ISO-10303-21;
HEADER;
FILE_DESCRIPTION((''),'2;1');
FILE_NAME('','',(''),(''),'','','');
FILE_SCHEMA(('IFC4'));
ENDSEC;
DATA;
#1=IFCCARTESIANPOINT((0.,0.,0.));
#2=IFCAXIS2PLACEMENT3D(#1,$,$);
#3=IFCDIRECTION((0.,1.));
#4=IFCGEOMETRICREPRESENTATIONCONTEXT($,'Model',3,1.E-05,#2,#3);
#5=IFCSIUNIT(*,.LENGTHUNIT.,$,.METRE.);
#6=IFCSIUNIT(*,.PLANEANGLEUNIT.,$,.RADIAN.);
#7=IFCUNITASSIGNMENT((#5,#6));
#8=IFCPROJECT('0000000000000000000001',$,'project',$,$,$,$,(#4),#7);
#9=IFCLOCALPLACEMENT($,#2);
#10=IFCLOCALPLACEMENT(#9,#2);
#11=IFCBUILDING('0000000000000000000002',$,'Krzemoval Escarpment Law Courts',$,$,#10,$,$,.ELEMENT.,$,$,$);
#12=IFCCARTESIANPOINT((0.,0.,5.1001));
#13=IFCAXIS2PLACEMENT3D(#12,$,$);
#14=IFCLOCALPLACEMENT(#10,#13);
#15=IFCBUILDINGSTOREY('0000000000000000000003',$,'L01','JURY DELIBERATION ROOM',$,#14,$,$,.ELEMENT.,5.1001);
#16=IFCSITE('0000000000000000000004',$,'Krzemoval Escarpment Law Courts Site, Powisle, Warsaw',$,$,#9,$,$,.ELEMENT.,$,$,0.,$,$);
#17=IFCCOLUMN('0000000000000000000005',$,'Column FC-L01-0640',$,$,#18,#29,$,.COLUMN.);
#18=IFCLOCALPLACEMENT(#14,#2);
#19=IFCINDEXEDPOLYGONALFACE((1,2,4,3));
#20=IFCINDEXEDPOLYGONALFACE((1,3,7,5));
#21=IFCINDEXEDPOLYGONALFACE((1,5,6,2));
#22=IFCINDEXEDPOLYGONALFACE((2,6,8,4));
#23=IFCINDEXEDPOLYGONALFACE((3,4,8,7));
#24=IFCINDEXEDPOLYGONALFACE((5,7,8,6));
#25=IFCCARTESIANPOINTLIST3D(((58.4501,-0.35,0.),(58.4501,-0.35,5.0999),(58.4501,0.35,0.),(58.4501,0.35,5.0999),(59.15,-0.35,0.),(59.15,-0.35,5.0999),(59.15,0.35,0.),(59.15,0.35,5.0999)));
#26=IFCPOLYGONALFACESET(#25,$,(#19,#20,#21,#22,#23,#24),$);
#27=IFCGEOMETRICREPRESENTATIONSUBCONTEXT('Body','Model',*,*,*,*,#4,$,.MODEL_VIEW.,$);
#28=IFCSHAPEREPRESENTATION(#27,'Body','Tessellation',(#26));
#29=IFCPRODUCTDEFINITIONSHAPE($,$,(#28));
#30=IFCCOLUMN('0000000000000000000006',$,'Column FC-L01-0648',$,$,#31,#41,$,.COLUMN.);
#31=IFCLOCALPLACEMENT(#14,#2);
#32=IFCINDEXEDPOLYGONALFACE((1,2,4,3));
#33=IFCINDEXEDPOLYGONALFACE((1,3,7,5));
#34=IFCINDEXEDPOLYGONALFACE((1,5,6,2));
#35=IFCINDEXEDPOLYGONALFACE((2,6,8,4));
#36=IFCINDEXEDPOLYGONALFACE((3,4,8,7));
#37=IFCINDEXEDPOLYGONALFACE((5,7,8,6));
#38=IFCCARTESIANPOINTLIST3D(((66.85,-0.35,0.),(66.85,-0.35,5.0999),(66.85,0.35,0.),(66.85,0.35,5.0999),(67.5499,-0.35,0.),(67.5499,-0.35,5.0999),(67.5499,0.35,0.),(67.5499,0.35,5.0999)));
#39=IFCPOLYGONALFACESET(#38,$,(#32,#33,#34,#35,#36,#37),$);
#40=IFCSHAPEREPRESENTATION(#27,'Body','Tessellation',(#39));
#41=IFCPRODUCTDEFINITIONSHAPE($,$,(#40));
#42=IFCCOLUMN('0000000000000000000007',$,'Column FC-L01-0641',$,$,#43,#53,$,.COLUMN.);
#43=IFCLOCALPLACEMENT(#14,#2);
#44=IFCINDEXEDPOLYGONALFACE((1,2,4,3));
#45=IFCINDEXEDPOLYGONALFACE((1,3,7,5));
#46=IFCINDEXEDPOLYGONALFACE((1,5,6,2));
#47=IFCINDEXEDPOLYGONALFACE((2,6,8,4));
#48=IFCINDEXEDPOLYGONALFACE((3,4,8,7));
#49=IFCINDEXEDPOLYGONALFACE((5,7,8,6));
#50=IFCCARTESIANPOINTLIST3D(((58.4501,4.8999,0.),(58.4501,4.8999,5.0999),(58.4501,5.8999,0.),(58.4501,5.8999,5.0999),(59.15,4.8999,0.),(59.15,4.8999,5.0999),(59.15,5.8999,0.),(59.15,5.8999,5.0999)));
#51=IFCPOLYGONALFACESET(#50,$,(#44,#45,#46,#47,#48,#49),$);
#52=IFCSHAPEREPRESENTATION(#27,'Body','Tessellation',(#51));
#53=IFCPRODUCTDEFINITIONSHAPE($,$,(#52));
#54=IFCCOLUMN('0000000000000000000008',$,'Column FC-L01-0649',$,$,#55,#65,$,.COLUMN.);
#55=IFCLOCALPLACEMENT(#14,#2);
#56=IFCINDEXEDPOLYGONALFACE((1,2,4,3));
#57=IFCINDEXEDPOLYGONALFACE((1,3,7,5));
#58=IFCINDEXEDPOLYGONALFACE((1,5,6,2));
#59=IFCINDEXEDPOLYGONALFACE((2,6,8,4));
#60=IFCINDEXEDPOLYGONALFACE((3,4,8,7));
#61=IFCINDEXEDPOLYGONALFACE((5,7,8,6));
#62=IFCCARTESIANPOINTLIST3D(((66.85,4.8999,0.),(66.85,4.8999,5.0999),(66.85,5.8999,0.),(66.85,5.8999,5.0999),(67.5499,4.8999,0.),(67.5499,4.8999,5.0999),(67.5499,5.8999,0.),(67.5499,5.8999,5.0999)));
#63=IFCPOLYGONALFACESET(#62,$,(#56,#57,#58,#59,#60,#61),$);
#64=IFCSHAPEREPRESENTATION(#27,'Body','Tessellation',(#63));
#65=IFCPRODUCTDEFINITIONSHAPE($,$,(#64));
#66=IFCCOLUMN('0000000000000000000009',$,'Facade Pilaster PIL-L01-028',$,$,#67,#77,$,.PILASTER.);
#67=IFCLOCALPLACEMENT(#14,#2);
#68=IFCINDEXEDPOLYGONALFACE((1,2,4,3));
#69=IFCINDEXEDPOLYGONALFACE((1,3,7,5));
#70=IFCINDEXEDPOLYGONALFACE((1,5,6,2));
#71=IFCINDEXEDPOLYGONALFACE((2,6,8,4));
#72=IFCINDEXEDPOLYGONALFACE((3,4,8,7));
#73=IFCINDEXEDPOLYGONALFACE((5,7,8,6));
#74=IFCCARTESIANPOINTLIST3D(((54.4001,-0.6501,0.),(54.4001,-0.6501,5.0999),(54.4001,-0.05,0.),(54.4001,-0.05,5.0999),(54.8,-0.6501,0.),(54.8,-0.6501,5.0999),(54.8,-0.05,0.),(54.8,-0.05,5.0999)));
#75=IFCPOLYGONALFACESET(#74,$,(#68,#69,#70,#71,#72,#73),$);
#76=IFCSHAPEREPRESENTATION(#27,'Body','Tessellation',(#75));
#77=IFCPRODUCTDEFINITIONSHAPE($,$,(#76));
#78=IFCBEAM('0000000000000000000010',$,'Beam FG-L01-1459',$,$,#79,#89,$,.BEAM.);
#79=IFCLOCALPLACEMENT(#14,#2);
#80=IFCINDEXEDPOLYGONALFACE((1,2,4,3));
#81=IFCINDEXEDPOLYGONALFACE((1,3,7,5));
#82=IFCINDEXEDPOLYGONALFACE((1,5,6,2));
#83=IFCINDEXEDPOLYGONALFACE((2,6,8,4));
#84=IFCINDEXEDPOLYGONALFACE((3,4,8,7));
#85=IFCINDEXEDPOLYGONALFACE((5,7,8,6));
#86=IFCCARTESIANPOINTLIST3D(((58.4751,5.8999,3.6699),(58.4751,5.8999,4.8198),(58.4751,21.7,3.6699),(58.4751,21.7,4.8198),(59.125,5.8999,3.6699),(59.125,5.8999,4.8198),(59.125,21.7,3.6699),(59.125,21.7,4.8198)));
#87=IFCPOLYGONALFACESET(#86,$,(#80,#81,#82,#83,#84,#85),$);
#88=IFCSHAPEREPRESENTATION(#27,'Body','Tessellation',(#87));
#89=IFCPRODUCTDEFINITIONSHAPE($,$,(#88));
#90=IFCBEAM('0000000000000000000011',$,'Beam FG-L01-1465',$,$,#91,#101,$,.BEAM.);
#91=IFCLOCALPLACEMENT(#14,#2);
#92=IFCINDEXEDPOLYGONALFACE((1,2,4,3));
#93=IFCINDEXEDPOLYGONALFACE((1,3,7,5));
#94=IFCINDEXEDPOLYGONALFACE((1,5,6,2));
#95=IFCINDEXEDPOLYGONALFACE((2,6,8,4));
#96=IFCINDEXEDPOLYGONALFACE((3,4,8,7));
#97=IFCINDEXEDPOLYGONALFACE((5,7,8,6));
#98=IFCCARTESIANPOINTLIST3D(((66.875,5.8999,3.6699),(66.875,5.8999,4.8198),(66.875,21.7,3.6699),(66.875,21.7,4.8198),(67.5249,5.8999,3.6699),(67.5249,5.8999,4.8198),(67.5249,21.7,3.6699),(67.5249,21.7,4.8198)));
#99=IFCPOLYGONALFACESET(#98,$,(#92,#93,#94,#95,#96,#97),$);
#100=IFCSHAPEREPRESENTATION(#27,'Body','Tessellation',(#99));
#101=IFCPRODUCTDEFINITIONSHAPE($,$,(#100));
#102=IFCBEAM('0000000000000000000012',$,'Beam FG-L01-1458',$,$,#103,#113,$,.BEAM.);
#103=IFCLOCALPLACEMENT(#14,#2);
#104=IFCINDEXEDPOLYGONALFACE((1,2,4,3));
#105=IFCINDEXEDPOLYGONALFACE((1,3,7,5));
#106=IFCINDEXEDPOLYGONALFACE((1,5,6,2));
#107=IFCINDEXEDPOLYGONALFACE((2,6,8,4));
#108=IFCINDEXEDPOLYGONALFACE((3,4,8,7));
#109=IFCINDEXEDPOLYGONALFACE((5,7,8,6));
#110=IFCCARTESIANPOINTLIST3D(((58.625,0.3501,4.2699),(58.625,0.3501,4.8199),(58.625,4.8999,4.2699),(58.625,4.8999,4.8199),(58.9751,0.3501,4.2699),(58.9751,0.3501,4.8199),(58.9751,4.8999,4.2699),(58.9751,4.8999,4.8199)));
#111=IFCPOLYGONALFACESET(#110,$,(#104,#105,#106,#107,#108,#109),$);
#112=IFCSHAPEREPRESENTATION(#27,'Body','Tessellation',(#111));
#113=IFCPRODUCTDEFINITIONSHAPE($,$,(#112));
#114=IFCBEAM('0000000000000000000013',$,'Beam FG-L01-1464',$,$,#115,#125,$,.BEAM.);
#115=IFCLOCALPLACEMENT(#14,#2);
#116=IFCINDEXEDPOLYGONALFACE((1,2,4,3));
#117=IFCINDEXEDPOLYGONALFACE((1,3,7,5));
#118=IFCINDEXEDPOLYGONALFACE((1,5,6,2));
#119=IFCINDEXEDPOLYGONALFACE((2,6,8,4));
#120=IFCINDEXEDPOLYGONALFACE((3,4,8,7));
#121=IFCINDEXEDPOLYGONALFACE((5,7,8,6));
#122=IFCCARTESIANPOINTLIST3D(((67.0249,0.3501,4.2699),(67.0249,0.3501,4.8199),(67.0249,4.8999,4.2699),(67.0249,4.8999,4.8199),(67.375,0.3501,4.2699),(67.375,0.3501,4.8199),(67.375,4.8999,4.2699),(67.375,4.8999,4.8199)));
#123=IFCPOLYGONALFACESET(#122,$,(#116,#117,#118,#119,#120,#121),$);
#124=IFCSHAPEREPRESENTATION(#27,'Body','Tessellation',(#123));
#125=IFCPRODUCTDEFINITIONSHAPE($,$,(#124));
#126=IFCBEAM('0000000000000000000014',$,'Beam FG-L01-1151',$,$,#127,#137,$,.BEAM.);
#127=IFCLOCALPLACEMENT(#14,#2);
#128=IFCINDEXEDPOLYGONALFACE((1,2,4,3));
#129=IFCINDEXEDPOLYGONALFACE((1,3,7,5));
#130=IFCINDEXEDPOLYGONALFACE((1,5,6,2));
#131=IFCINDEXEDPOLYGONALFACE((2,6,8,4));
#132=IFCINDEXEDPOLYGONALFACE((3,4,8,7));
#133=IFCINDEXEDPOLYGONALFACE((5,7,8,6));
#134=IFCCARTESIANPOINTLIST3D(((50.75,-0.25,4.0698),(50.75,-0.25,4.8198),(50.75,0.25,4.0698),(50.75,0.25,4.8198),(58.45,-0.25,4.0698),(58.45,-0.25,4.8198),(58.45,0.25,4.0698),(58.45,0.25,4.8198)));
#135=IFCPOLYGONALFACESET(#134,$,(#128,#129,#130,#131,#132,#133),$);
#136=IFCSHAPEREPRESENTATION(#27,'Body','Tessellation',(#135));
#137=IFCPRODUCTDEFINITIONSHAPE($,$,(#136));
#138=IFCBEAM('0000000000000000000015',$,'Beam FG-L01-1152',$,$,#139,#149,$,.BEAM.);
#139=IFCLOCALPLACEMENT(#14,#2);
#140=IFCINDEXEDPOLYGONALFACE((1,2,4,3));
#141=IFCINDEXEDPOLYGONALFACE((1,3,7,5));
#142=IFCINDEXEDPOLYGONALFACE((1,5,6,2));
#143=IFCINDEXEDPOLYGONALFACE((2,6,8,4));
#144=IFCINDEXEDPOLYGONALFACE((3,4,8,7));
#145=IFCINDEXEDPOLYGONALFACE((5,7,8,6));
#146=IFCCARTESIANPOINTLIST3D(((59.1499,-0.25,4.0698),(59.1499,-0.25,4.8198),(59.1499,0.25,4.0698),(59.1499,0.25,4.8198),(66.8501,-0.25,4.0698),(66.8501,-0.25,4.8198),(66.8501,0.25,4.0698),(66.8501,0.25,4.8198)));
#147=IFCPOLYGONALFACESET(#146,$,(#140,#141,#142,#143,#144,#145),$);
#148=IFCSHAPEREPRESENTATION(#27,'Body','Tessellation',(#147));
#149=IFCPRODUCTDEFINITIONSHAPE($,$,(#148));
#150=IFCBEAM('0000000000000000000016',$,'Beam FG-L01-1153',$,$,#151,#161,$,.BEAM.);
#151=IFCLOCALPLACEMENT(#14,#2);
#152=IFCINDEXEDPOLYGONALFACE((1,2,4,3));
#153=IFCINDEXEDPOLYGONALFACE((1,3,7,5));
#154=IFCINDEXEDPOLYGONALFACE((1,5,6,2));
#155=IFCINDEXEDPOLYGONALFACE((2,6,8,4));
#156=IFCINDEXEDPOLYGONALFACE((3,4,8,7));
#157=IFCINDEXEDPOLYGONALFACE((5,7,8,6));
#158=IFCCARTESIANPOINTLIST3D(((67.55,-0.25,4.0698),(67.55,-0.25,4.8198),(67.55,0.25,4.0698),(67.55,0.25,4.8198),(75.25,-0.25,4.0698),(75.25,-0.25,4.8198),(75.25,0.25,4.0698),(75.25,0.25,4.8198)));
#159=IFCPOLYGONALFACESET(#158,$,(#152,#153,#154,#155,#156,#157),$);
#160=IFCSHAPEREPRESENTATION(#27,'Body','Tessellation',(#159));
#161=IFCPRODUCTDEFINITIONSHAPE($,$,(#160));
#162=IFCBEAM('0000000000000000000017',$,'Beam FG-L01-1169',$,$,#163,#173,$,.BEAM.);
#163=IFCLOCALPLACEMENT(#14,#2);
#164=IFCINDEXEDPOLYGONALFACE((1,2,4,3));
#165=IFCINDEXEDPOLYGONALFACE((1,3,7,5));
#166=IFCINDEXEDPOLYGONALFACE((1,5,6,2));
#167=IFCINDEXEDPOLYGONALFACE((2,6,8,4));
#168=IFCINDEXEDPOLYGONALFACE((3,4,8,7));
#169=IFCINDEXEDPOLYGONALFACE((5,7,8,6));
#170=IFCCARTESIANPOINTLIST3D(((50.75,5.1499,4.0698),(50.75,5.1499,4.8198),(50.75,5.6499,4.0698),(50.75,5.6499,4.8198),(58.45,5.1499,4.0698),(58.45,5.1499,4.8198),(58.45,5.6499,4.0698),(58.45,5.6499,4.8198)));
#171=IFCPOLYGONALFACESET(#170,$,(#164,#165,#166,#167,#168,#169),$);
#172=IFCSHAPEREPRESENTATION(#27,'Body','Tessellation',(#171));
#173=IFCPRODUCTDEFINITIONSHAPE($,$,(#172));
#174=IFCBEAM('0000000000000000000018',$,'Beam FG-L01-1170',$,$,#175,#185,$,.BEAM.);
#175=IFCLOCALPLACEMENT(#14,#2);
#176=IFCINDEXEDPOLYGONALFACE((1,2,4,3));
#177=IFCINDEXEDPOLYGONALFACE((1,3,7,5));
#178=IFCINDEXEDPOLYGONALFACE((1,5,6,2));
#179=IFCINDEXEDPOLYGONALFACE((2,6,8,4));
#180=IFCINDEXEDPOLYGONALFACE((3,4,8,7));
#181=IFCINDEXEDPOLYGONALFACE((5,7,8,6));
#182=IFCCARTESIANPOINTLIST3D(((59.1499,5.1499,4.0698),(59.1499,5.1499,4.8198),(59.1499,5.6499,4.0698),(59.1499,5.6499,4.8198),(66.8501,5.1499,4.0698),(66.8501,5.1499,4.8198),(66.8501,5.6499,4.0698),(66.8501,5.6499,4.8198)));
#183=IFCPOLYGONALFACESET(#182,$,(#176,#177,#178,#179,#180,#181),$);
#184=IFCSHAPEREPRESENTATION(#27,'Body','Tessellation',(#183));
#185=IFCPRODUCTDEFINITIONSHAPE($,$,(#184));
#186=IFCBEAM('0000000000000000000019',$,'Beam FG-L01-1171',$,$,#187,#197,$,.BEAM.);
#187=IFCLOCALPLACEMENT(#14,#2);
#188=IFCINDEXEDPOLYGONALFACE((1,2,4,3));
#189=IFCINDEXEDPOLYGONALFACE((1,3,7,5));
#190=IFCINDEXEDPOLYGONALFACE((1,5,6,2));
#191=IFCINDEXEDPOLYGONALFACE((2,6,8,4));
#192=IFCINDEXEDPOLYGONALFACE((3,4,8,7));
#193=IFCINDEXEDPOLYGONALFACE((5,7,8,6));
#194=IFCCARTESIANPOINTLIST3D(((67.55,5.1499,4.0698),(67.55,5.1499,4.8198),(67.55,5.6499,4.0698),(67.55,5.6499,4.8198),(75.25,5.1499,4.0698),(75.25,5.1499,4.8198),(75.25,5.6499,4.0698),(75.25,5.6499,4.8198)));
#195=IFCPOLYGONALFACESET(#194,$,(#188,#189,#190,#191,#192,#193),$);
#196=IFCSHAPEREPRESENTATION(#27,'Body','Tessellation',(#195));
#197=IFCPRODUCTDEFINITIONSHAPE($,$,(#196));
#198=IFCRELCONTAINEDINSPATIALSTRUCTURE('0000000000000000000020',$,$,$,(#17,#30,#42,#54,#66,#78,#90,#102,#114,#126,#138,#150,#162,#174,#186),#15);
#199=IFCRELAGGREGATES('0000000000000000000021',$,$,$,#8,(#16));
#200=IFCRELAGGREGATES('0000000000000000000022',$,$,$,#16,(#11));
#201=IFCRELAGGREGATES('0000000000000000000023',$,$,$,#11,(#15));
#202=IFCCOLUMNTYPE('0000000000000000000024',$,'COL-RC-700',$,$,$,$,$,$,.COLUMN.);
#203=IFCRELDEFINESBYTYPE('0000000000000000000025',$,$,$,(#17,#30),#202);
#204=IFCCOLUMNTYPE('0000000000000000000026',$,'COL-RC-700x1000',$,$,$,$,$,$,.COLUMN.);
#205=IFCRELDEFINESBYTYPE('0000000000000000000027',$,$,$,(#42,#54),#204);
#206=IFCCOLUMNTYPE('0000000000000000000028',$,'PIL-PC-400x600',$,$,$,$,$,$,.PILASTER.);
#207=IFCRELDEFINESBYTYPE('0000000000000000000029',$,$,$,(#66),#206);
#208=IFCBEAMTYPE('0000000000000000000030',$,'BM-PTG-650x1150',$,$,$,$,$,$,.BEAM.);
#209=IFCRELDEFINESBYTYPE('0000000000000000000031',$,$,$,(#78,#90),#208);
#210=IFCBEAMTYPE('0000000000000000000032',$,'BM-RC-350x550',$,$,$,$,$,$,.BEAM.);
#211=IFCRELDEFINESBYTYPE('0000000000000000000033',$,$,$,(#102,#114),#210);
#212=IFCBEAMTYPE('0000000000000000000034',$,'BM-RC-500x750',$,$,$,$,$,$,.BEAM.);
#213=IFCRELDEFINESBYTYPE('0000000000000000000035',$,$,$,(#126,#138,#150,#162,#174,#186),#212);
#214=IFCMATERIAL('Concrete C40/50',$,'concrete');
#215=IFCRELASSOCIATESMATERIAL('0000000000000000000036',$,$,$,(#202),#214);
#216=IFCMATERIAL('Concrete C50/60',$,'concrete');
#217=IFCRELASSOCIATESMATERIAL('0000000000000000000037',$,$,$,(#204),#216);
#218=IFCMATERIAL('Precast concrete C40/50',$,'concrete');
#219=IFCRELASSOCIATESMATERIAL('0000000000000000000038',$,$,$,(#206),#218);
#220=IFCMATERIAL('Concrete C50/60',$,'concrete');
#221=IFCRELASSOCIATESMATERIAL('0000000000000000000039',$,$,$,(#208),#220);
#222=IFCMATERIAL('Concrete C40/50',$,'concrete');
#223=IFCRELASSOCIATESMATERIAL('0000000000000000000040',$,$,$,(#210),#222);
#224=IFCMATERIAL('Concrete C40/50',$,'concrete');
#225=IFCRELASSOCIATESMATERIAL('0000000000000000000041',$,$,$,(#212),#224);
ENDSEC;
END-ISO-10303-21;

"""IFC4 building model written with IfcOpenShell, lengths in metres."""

from ifc_helpers import new_model, si_unit, direction, frame, origin, origin_2d, place, context, subcontext, project, spatial, rectangle, extrude, material, material_profile, profile_set, type_object, element, save


model = new_model("IFC4")

# Units and contexts
model_context = context("Model", 3, precision=1e-05, world=origin(), true_north=direction((0.0, 1.0)))
body_context = subcontext(model_context, "Body", "Model", "MODEL_VIEW")
ifc_project = project(units=[si_unit("LENGTHUNIT", "METRE"), si_unit("PLANEANGLEUNIT", "RADIAN")], contexts=[model_context])

# Site, building, storey
site_placement = place(None, origin())
site = spatial("IfcSite", under=ifc_project, at=site_placement, Name="Krzemoval Escarpment Law Courts Site, Powisle, Warsaw", CompositionType="ELEMENT", RefElevation=0.0)
building_placement = place(site_placement, origin())
building = spatial("IfcBuilding", under=site, at=building_placement, Name="Krzemoval Escarpment Law Courts", CompositionType="ELEMENT")
storey_placement = place(building_placement, frame((0.0, 0.0, 5.1001)))
storey = spatial("IfcBuildingStorey", under=building, at=storey_placement, Name="L01", Description="JURY DELIBERATION ROOM", CompositionType="ELEMENT", Elevation=5.1001)

# Columns
ifc_material_1 = material(Name="Concrete C40/50", Category="concrete")
ifc_material_profile_1 = material_profile(ifc_material_1, rectangle(XDim=0.7, YDim=0.7, at=origin_2d()), Name="RC 700x700")
ifc_profile_set_1 = profile_set([ifc_material_profile_1], Name="Concrete C40/50")
column_type_1 = type_object("IfcColumnType", Name="COL-RC-700", PredefinedType="COLUMN", material=ifc_profile_set_1)
for number, where, z_axis, x_axis, name in (
    (1, (58.8, 0.0, 0.0), (0.0, 0.0, 1.0), (1.0, 0.0, 0.0), "Column FC-L01-0640"),
    (2, (67.2, 0.0, 0.0), (0.0, 0.0, 1.0), (1.0, 0.0, 0.0), "Column FC-L01-0648"),
):
    element("IfcColumn", number, at=place(storey_placement, frame(where, z_axis=z_axis, x_axis=x_axis)), inside=storey, type_object=column_type_1, Name=name, PredefinedType="COLUMN", context=body_context, shape_type="SweptSolid", body=[
        extrude(rectangle(XDim=0.7, YDim=0.7, at=origin_2d()), origin(), (0.0, 0.0, 1.0), 5.0999),
    ])
ifc_material_2 = material(Name="Concrete C50/60", Category="concrete")
ifc_material_profile_2 = material_profile(ifc_material_2, rectangle(XDim=0.7, YDim=1.0, at=origin_2d()), Name="RC 700x1000")
ifc_profile_set_2 = profile_set([ifc_material_profile_2], Name="Concrete C50/60")
column_type_2 = type_object("IfcColumnType", Name="COL-RC-700x1000", PredefinedType="COLUMN", material=ifc_profile_set_2)
for number, where, z_axis, x_axis, name in (
    (3, (58.8, 5.3999, 0.0), (0.0, 0.0, 1.0), (1.0, 0.0, 0.0), "Column FC-L01-0641"),
    (4, (67.2, 5.3999, 0.0), (0.0, 0.0, 1.0), (1.0, 0.0, 0.0), "Column FC-L01-0649"),
):
    element("IfcColumn", number, at=place(storey_placement, frame(where, z_axis=z_axis, x_axis=x_axis)), inside=storey, type_object=column_type_2, Name=name, PredefinedType="COLUMN", context=body_context, shape_type="SweptSolid", body=[
        extrude(rectangle(XDim=0.7, YDim=1.0, at=origin_2d()), origin(), (0.0, 0.0, 1.0), 5.0999),
    ])
ifc_material_3 = material(Name="Precast concrete C40/50", Category="concrete")
ifc_material_profile_3 = material_profile(ifc_material_3, rectangle(XDim=0.3999, YDim=0.6001, at=origin_2d()), Name="PIL 400x600")
ifc_profile_set_3 = profile_set([ifc_material_profile_3], Name="Precast concrete C40/50")
column_type_3 = type_object("IfcColumnType", Name="PIL-PC-400x600", PredefinedType="PILASTER", material=ifc_profile_set_3)
column_placement = place(storey_placement, frame((54.6001, -0.3501, 0.0), z_axis=(0.0, 0.0, 1.0), x_axis=(1.0, 0.0, 0.0)))
element("IfcColumn", 5, at=column_placement, inside=storey, type_object=column_type_3, Name="Facade Pilaster PIL-L01-028", PredefinedType="PILASTER", context=body_context, shape_type="SweptSolid", body=[
    extrude(rectangle(XDim=0.3999, YDim=0.6001, at=origin_2d()), origin(), (0.0, 0.0, 1.0), 5.0999),
])

# Beams
ifc_material_4 = material(Name="Concrete C50/60", Category="concrete")
ifc_material_profile_4 = material_profile(ifc_material_4, rectangle(XDim=0.6499, YDim=1.1499, at=origin_2d()), Name="PTG 650x1150")
ifc_profile_set_4 = profile_set([ifc_material_profile_4], Name="Concrete C50/60")
beam_type_1 = type_object("IfcBeamType", Name="BM-PTG-650x1150", PredefinedType="BEAM", material=ifc_profile_set_4)
for number, where, z_axis, x_axis, name in (
    (6, (58.8, 5.8999, 4.2449), (0.0, 1.0, 0.0), (-1.0, 0.0, 0.0), "Beam FG-L01-1459"),
    (7, (67.2, 5.8999, 4.2449), (0.0, 1.0, 0.0), (-1.0, 0.0, 0.0), "Beam FG-L01-1465"),
):
    element("IfcBeam", number, at=place(storey_placement, frame(where, z_axis=z_axis, x_axis=x_axis)), inside=storey, type_object=beam_type_1, Name=name, PredefinedType="BEAM", context=body_context, shape_type="SweptSolid", body=[
        extrude(rectangle(XDim=0.6499, YDim=1.1499, at=origin_2d()), origin(), (0.0, 0.0, 1.0), 15.8),
    ])
ifc_material_5 = material(Name="Concrete C40/50", Category="concrete")
ifc_material_profile_5 = material_profile(ifc_material_5, rectangle(XDim=0.3501, YDim=0.55, at=origin_2d()), Name="RCB 350x550")
ifc_profile_set_5 = profile_set([ifc_material_profile_5], Name="Concrete C40/50")
beam_type_2 = type_object("IfcBeamType", Name="BM-RC-350x550", PredefinedType="BEAM", material=ifc_profile_set_5)
for number, where, z_axis, x_axis, name in (
    (8, (58.8, 0.3501, 4.5449), (0.0, 1.0, 0.0), (-1.0, 0.0, 0.0), "Beam FG-L01-1458"),
    (9, (67.2, 0.3501, 4.5449), (0.0, 1.0, 0.0), (-1.0, 0.0, 0.0), "Beam FG-L01-1464"),
):
    element("IfcBeam", number, at=place(storey_placement, frame(where, z_axis=z_axis, x_axis=x_axis)), inside=storey, type_object=beam_type_2, Name=name, PredefinedType="BEAM", context=body_context, shape_type="SweptSolid", body=[
        extrude(rectangle(XDim=0.3501, YDim=0.55, at=origin_2d()), origin(), (0.0, 0.0, 1.0), 4.5498),
    ])
ifc_material_6 = material(Name="Concrete C40/50", Category="concrete")
ifc_material_profile_6 = material_profile(ifc_material_6, rectangle(XDim=0.5, YDim=0.75, at=origin_2d()), Name="RCB 500x750")
ifc_profile_set_6 = profile_set([ifc_material_profile_6], Name="Concrete C40/50")
beam_type_3 = type_object("IfcBeamType", Name="BM-RC-500x750", PredefinedType="BEAM", material=ifc_profile_set_6)
beam_1_placement = place(storey_placement, frame((50.75, 0.0, 4.4448), z_axis=(1.0, 0.0, 0.0), x_axis=(0.0, 1.0, 0.0)))
element("IfcBeam", 10, at=beam_1_placement, inside=storey, type_object=beam_type_3, Name="Beam FG-L01-1151", PredefinedType="BEAM", context=body_context, shape_type="SweptSolid", body=[
    extrude(rectangle(XDim=0.5, YDim=0.75, at=origin_2d()), origin(), (0.0, 0.0, 1.0), 7.7),
])
beam_2_placement = place(storey_placement, frame((59.1499, 0.0, 4.4448), z_axis=(1.0, 0.0, 0.0), x_axis=(0.0, 1.0, 0.0)))
element("IfcBeam", 11, at=beam_2_placement, inside=storey, type_object=beam_type_3, Name="Beam FG-L01-1152", PredefinedType="BEAM", context=body_context, shape_type="SweptSolid", body=[
    extrude(rectangle(XDim=0.5, YDim=0.75, at=origin_2d()), origin(), (0.0, 0.0, 1.0), 7.7002),
])
for number, where, z_axis, x_axis, name in (
    (12, (67.55, 0.0, 4.4448), (1.0, 0.0, 0.0), (0.0, 1.0, 0.0), "Beam FG-L01-1153"),
    (13, (50.75, 5.3999, 4.4448), (1.0, 0.0, 0.0), (0.0, 1.0, 0.0), "Beam FG-L01-1169"),
):
    element("IfcBeam", number, at=place(storey_placement, frame(where, z_axis=z_axis, x_axis=x_axis)), inside=storey, type_object=beam_type_3, Name=name, PredefinedType="BEAM", context=body_context, shape_type="SweptSolid", body=[
        extrude(rectangle(XDim=0.5, YDim=0.75, at=origin_2d()), origin(), (0.0, 0.0, 1.0), 7.7),
    ])
beam_3_placement = place(storey_placement, frame((59.1499, 5.3999, 4.4448), z_axis=(1.0, 0.0, 0.0), x_axis=(0.0, 1.0, 0.0)))
element("IfcBeam", 14, at=beam_3_placement, inside=storey, type_object=beam_type_3, Name="Beam FG-L01-1170", PredefinedType="BEAM", context=body_context, shape_type="SweptSolid", body=[
    extrude(rectangle(XDim=0.5, YDim=0.75, at=origin_2d()), origin(), (0.0, 0.0, 1.0), 7.7002),
])
beam_4_placement = place(storey_placement, frame((67.55, 5.3999, 4.4448), z_axis=(1.0, 0.0, 0.0), x_axis=(0.0, 1.0, 0.0)))
element("IfcBeam", 15, at=beam_4_placement, inside=storey, type_object=beam_type_3, Name="Beam FG-L01-1171", PredefinedType="BEAM", context=body_context, shape_type="SweptSolid", body=[
    extrude(rectangle(XDim=0.5, YDim=0.75, at=origin_2d()), origin(), (0.0, 0.0, 1.0), 7.7),
])

save(model, "model.ifc")
